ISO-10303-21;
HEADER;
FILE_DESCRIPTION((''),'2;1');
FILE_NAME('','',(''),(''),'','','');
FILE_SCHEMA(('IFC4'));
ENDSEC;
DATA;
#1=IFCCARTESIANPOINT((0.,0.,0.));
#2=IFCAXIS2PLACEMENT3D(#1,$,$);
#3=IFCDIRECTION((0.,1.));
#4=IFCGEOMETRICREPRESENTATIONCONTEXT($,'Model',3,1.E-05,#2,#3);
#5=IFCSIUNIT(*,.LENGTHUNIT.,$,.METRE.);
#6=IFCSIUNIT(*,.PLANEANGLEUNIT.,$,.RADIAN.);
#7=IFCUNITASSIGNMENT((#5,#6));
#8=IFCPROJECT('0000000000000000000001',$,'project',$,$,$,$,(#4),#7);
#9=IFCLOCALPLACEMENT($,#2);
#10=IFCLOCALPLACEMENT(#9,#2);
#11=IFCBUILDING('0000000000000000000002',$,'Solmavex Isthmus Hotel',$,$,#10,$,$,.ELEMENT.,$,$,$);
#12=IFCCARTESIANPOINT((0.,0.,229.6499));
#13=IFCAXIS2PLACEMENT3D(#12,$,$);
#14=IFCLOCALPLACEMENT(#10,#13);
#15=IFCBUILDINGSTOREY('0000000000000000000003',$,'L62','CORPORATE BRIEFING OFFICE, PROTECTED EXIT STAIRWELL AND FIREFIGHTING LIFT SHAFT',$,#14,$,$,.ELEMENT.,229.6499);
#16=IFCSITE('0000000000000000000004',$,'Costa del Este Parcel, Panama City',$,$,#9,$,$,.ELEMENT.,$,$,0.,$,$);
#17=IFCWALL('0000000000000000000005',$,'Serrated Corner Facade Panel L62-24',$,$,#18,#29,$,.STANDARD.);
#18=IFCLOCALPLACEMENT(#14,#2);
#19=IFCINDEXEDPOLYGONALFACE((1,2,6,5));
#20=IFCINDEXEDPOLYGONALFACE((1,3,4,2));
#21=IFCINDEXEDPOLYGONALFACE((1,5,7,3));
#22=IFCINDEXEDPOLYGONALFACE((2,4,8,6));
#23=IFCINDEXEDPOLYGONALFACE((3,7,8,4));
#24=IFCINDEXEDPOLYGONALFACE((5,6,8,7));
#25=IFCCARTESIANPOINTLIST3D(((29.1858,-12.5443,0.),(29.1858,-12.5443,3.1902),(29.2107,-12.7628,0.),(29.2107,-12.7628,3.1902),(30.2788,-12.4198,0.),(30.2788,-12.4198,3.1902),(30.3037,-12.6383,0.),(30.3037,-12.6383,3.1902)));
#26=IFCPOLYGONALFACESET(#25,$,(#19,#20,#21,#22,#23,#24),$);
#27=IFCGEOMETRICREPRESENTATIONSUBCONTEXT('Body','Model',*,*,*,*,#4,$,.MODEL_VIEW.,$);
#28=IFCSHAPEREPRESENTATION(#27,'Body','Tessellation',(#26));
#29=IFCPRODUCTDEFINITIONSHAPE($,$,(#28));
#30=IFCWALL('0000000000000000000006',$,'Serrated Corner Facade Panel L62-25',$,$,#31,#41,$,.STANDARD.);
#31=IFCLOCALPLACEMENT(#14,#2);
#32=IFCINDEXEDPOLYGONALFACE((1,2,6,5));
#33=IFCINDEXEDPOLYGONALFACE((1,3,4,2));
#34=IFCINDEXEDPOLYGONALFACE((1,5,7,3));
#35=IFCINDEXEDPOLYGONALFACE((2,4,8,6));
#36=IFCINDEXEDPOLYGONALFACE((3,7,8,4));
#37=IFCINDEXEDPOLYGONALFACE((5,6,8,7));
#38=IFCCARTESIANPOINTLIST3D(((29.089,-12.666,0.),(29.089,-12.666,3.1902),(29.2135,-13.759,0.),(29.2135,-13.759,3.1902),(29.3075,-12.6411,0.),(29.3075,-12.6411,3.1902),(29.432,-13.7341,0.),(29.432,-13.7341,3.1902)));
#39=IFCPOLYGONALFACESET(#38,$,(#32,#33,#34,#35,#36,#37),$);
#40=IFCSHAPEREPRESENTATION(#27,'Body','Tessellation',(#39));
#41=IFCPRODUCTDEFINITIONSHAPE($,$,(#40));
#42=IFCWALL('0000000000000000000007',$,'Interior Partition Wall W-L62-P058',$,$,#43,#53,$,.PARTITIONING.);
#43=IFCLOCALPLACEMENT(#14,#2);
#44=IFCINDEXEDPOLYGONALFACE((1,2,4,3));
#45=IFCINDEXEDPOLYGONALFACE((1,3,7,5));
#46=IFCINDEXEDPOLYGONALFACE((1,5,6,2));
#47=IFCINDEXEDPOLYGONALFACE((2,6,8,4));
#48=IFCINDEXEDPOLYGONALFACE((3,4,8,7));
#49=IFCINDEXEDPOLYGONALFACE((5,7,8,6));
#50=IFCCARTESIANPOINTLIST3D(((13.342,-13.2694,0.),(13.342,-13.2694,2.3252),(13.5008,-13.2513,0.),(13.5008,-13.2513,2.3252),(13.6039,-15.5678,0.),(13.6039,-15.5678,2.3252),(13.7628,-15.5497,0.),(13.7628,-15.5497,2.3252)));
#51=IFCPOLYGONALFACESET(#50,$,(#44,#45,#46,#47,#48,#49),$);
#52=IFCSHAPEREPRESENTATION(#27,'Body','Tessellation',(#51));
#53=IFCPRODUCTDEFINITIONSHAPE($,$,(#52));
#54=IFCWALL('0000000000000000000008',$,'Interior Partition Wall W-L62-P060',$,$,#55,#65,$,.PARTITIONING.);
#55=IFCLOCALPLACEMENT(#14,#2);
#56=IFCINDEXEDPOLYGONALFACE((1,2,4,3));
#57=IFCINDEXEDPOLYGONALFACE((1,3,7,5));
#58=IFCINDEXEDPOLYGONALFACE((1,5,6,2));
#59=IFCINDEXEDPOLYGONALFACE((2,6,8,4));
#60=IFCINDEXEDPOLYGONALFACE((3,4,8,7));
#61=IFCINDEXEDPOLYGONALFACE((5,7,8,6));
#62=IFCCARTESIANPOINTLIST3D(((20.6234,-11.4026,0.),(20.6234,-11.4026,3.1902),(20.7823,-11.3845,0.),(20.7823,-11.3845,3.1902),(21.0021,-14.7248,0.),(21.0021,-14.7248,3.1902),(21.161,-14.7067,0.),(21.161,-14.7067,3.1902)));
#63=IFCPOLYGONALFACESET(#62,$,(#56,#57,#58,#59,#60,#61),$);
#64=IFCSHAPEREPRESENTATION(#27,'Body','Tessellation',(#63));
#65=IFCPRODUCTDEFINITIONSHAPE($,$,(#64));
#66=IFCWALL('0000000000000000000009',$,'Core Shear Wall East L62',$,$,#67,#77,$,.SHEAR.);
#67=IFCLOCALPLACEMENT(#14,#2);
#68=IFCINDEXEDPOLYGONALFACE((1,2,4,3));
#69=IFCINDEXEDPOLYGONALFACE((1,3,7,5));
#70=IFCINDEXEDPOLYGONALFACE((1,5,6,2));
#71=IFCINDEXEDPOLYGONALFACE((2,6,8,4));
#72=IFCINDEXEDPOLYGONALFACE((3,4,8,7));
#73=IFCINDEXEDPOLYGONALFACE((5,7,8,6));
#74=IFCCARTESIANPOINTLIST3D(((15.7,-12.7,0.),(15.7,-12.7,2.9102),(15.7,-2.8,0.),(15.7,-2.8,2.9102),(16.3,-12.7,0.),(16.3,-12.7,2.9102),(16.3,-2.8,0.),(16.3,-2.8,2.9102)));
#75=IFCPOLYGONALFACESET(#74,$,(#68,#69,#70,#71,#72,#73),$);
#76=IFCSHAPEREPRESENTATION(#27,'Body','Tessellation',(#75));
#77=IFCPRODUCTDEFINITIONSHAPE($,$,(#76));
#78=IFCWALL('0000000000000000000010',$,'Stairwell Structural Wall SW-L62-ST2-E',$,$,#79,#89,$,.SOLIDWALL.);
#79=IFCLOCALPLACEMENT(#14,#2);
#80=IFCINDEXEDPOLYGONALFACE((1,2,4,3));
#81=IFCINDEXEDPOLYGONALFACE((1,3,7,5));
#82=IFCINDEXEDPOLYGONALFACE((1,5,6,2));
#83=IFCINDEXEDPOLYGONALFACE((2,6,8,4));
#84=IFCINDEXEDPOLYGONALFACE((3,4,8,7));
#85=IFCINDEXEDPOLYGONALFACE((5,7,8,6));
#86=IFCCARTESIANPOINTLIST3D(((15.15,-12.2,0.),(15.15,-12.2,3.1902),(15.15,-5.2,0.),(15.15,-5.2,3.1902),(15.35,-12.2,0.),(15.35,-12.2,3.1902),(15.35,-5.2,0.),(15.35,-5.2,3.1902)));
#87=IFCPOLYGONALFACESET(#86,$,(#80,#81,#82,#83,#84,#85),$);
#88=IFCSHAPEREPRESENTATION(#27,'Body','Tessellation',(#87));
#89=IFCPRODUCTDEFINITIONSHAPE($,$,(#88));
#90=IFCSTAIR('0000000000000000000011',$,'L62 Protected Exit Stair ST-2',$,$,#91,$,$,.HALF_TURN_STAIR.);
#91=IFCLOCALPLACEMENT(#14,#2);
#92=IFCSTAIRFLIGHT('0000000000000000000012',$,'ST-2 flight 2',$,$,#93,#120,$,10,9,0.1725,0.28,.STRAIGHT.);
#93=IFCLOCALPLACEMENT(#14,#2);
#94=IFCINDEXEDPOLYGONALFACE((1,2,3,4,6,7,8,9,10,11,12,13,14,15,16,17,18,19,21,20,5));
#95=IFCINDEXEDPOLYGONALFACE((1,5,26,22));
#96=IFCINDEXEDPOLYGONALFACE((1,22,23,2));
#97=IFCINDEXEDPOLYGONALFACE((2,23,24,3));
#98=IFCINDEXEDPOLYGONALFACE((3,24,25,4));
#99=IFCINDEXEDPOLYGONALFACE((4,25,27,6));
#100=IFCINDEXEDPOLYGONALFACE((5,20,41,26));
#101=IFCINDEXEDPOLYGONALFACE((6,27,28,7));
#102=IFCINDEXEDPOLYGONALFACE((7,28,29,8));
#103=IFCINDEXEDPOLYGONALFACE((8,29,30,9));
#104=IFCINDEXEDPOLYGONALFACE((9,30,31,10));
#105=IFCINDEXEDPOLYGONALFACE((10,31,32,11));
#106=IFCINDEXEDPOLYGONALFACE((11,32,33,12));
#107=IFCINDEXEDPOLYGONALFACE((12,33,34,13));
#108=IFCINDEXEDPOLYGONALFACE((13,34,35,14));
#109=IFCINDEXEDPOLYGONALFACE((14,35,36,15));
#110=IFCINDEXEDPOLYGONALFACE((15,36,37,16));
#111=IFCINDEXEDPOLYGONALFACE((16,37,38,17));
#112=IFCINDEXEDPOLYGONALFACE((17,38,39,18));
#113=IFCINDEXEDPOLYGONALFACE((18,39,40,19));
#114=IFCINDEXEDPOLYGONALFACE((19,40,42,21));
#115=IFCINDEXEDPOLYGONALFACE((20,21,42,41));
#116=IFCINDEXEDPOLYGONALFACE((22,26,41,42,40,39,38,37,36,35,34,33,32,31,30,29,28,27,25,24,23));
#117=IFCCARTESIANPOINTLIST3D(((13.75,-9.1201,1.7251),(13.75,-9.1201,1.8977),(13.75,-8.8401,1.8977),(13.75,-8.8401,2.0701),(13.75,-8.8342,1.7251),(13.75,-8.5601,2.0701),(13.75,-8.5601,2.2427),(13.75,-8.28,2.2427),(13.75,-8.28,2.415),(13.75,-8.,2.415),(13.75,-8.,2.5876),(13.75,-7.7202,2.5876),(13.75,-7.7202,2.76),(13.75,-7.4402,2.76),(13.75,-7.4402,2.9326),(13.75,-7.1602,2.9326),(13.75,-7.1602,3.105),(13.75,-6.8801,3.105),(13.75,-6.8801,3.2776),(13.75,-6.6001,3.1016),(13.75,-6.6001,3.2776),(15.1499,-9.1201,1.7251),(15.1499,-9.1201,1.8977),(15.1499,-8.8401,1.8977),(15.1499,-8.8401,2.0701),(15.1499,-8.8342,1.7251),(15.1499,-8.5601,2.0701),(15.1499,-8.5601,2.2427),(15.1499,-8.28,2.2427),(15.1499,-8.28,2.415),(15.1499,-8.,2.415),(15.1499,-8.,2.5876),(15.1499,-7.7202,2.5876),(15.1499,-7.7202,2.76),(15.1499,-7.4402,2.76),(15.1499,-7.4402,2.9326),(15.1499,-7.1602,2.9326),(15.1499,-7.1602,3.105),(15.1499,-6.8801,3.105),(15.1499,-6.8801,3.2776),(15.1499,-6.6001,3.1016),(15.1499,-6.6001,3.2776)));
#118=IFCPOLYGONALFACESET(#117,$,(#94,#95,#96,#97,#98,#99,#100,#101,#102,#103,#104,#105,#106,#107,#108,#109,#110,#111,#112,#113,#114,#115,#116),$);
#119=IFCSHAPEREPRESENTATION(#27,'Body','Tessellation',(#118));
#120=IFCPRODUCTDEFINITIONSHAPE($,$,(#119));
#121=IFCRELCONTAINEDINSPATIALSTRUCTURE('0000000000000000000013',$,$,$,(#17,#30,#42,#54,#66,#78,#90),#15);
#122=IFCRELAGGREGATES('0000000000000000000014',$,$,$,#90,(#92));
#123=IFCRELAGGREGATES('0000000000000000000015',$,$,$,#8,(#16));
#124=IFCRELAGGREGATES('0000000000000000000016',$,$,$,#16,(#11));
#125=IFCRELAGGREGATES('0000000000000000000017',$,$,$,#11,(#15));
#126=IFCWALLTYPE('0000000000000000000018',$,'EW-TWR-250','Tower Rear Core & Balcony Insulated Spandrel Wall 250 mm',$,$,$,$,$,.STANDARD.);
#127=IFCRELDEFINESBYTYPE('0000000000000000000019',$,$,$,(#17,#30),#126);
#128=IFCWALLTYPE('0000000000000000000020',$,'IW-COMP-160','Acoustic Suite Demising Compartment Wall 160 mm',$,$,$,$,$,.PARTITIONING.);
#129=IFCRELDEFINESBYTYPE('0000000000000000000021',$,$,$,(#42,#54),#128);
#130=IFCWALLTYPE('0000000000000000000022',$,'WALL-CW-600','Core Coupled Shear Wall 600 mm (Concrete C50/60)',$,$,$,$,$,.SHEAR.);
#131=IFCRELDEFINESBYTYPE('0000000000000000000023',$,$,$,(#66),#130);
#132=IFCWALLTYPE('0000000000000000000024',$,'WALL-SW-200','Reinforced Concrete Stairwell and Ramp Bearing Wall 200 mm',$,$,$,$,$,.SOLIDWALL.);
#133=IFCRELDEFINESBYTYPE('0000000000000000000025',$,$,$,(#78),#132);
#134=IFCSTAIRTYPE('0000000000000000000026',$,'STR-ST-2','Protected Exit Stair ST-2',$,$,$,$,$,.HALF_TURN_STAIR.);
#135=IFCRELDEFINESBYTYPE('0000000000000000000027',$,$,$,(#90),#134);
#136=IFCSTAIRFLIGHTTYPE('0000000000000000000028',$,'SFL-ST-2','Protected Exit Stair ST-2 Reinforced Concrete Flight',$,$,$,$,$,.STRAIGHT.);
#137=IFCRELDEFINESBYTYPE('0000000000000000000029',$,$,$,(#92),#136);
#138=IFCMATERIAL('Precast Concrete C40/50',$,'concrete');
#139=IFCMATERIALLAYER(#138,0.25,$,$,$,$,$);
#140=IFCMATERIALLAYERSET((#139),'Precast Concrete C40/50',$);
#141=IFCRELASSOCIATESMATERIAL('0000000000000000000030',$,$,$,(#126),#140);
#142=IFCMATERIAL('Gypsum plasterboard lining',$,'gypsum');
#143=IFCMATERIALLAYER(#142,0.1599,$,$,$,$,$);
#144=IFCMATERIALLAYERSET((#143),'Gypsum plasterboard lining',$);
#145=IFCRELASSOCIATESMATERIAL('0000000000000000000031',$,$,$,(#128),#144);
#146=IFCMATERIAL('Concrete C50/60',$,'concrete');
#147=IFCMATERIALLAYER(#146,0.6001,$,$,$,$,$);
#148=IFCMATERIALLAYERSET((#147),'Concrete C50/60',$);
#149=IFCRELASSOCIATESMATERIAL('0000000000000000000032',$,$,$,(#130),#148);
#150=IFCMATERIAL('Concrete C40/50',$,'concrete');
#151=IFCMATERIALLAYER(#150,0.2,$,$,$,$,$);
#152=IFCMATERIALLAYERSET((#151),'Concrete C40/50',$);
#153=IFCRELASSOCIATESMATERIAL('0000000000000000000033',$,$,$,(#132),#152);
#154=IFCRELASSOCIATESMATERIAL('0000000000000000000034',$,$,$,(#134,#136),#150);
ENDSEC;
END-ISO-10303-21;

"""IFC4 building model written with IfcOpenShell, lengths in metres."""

from ifc_helpers import new_model, si_unit, direction, frame, frame_2d, origin, place, context, subcontext, project, spatial, polyline, rectangle, outline, extrude, material, layer, layer_set, type_object, element, aggregate, save


model = new_model("IFC4")

# Units and contexts
model_context = context("Model", 3, precision=1e-05, world=origin(), true_north=direction((0.0, 1.0)))
body_context = subcontext(model_context, "Body", "Model", "MODEL_VIEW")
ifc_project = project(units=[si_unit("LENGTHUNIT", "METRE"), si_unit("PLANEANGLEUNIT", "RADIAN")], contexts=[model_context])

# Site, building, storey
site_placement = place(None, origin())
site = spatial("IfcSite", under=ifc_project, at=site_placement, Name="Costa del Este Parcel, Panama City", CompositionType="ELEMENT", RefElevation=0.0)
building_placement = place(site_placement, origin())
building = spatial("IfcBuilding", under=site, at=building_placement, Name="Solmavex Isthmus Hotel", CompositionType="ELEMENT")
storey_placement = place(building_placement, frame((0.0, 0.0, 229.6499)))
storey = spatial("IfcBuildingStorey", under=building, at=storey_placement, Name="L62", Description="CORPORATE BRIEFING OFFICE, PROTECTED EXIT STAIRWELL AND FIREFIGHTING LIFT SHAFT", CompositionType="ELEMENT", Elevation=229.6499)

# Shared definitions
ifc_material_1 = material(Name="Concrete C50/60", Category="concrete")

# Walls
ifc_material_2 = material(Name="Precast Concrete C40/50", Category="concrete")
ifc_layer_1 = layer(ifc_material_2, 0.25)
ifc_layer_set_1 = layer_set([ifc_layer_1], Name="Precast Concrete C40/50")
wall_type_1 = type_object("IfcWallType", Name="EW-TWR-250", Description="Tower Rear Core & Balcony Insulated Spandrel Wall 250 mm", PredefinedType="STANDARD", material=ifc_layer_set_1)
for number, where, z_axis, x_axis, name in (
    (1, (30.2913, -12.5291, 0.0), (0.0, 0.0, 1.0), (-0.993574, -0.113184, 0.0), "Serrated Corner Facade Panel L62-24"),
    (2, (29.1982, -12.6536, 0.0), (0.0, 0.0, 1.0), (0.113184, -0.993574, 0.0), "Serrated Corner Facade Panel L62-25"),
):
    element("IfcWall", number, at=place(storey_placement, frame(where, z_axis=z_axis, x_axis=x_axis)), inside=storey, type_object=wall_type_1, Name=name, PredefinedType="STANDARD", context=body_context, shape_type="SweptSolid", body=[
        extrude(rectangle(XDim=1.1001, YDim=0.22, at=frame_2d((0.55, 0.0))), origin(), (0.0, 0.0, 1.0), 3.1902),
    ])
ifc_material_3 = material(Name="Gypsum plasterboard lining", Category="gypsum")
ifc_layer_2 = layer(ifc_material_3, 0.1599)
ifc_layer_set_2 = layer_set([ifc_layer_2], Name="Gypsum plasterboard lining")
wall_type_2 = type_object("IfcWallType", Name="IW-COMP-160", Description="Acoustic Suite Demising Compartment Wall 160 mm", PredefinedType="PARTITIONING", material=ifc_layer_set_2)
wall_1_placement = place(storey_placement, frame((13.4214, -13.2603, 0.0), z_axis=(0.0, 0.0, 1.0), x_axis=(0.113246, -0.993567, 0.0)))
element("IfcWall", 3, at=wall_1_placement, inside=storey, type_object=wall_type_2, Name="Interior Partition Wall W-L62-P058", PredefinedType="PARTITIONING", context=body_context, shape_type="SweptSolid", body=[
    extrude(rectangle(XDim=2.3132, YDim=0.1599, at=frame_2d((1.1567, 0.0))), origin(), (0.0, 0.0, 1.0), 2.3252),
])
wall_2_placement = place(storey_placement, frame((20.7029, -11.3936, 0.0), z_axis=(0.0, 0.0, 1.0), x_axis=(0.113244, -0.993567, 0.0)))
element("IfcWall", 4, at=wall_2_placement, inside=storey, type_object=wall_type_2, Name="Interior Partition Wall W-L62-P060", PredefinedType="PARTITIONING", context=body_context, shape_type="SweptSolid", body=[
    extrude(rectangle(XDim=3.3438, YDim=0.1599, at=frame_2d((1.6719, 0.0))), origin(), (0.0, 0.0, 1.0), 3.1902),
])
ifc_layer_3 = layer(ifc_material_1, 0.6001)
ifc_layer_set_3 = layer_set([ifc_layer_3], Name="Concrete C50/60")
wall_type_3 = type_object("IfcWallType", Name="WALL-CW-600", Description="Core Coupled Shear Wall 600 mm (Concrete C50/60)", PredefinedType="SHEAR", material=ifc_layer_set_3)
wall_3_placement = place(storey_placement, frame((16.0, -12.7, 0.0), z_axis=(0.0, 0.0, 1.0), x_axis=(0.0, 1.0, 0.0)))
element("IfcWall", 5, at=wall_3_placement, inside=storey, type_object=wall_type_3, Name="Core Shear Wall East L62", PredefinedType="SHEAR", context=body_context, shape_type="SweptSolid", body=[
    extrude(rectangle(XDim=9.8999, YDim=0.6001, at=frame_2d((4.95, 0.0))), origin(), (0.0, 0.0, 1.0), 2.9102),
])
ifc_material_4 = material(Name="Concrete C40/50", Category="concrete")
ifc_layer_4 = layer(ifc_material_4, 0.2)
ifc_layer_set_4 = layer_set([ifc_layer_4], Name="Concrete C40/50")
wall_type_4 = type_object("IfcWallType", Name="WALL-SW-200", Description="Reinforced Concrete Stairwell and Ramp Bearing Wall 200 mm", PredefinedType="SOLIDWALL", material=ifc_layer_set_4)
wall_4_placement = place(storey_placement, frame((15.25, -12.2, 0.0), z_axis=(0.0, 0.0, 1.0), x_axis=(0.0, 1.0, 0.0)))
element("IfcWall", 6, at=wall_4_placement, inside=storey, type_object=wall_type_4, Name="Stairwell Structural Wall SW-L62-ST2-E", PredefinedType="SOLIDWALL", context=body_context, shape_type="SweptSolid", body=[
    extrude(rectangle(XDim=7.0, YDim=0.2, at=frame_2d((3.5, 0.0))), origin(), (0.0, 0.0, 1.0), 3.1902),
])

# Stair, stair flight
stair_type = type_object("IfcStairType", Name="STR-ST-2", Description="Protected Exit Stair ST-2", PredefinedType="HALF_TURN_STAIR", material=ifc_material_4)
stair_placement = place(storey_placement, origin())
stair = element("IfcStair", 7, at=stair_placement, inside=storey, type_object=stair_type, Name="L62 Protected Exit Stair ST-2", PredefinedType="HALF_TURN_STAIR")
stair_flight_type = type_object("IfcStairFlightType", Name="SFL-ST-2", Description="Protected Exit Stair ST-2 Reinforced Concrete Flight", PredefinedType="STRAIGHT", material=ifc_material_4)
stair_flight_placement = place(storey_placement, frame((14.45, -9.1201, 1.7251), z_axis=(0.0, 0.0, 1.0), x_axis=(0.0, 1.0, 0.0)))
stair_flight = element("IfcStairFlight", 8, at=stair_flight_placement, type_object=stair_flight_type, Name="ST-2 flight 2", NumberOfRisers=10, NumberOfTreads=9, PredefinedType="STRAIGHT", RiserHeight=0.1725, TreadLength=0.28, context=body_context, shape_type="SweptSolid", body=[
    extrude(outline(polyline([(0.0, 0.0), (0.0, 0.1726), (0.28, 0.1726), (0.28, 0.345), (0.5601, 0.345), (0.5601, 0.5176), (0.8401, 0.5176), (0.8401, 0.6899), (1.1201, 0.6899), (1.1201, 0.8625), (1.3999, 0.8625), (1.3999, 1.0349), (1.6799, 1.0349), (1.6799, 1.2075), (1.96, 1.2075), (1.96, 1.3799), (2.24, 1.3799), (2.24, 1.5525), (2.52, 1.5525), (2.52, 1.7251), (2.52, 1.3765), (0.2859, 0.0), (0.0, 0.0)])), frame((0.0, 0.7, 0.0), z_axis=(0.0, -1.0, 0.0), x_axis=(1.0, 0.0, 0.0)), (0.0, 0.0, 1.0), 1.3999),
])
aggregate(stair, [stair_flight])

save(model, "model.ifc")
